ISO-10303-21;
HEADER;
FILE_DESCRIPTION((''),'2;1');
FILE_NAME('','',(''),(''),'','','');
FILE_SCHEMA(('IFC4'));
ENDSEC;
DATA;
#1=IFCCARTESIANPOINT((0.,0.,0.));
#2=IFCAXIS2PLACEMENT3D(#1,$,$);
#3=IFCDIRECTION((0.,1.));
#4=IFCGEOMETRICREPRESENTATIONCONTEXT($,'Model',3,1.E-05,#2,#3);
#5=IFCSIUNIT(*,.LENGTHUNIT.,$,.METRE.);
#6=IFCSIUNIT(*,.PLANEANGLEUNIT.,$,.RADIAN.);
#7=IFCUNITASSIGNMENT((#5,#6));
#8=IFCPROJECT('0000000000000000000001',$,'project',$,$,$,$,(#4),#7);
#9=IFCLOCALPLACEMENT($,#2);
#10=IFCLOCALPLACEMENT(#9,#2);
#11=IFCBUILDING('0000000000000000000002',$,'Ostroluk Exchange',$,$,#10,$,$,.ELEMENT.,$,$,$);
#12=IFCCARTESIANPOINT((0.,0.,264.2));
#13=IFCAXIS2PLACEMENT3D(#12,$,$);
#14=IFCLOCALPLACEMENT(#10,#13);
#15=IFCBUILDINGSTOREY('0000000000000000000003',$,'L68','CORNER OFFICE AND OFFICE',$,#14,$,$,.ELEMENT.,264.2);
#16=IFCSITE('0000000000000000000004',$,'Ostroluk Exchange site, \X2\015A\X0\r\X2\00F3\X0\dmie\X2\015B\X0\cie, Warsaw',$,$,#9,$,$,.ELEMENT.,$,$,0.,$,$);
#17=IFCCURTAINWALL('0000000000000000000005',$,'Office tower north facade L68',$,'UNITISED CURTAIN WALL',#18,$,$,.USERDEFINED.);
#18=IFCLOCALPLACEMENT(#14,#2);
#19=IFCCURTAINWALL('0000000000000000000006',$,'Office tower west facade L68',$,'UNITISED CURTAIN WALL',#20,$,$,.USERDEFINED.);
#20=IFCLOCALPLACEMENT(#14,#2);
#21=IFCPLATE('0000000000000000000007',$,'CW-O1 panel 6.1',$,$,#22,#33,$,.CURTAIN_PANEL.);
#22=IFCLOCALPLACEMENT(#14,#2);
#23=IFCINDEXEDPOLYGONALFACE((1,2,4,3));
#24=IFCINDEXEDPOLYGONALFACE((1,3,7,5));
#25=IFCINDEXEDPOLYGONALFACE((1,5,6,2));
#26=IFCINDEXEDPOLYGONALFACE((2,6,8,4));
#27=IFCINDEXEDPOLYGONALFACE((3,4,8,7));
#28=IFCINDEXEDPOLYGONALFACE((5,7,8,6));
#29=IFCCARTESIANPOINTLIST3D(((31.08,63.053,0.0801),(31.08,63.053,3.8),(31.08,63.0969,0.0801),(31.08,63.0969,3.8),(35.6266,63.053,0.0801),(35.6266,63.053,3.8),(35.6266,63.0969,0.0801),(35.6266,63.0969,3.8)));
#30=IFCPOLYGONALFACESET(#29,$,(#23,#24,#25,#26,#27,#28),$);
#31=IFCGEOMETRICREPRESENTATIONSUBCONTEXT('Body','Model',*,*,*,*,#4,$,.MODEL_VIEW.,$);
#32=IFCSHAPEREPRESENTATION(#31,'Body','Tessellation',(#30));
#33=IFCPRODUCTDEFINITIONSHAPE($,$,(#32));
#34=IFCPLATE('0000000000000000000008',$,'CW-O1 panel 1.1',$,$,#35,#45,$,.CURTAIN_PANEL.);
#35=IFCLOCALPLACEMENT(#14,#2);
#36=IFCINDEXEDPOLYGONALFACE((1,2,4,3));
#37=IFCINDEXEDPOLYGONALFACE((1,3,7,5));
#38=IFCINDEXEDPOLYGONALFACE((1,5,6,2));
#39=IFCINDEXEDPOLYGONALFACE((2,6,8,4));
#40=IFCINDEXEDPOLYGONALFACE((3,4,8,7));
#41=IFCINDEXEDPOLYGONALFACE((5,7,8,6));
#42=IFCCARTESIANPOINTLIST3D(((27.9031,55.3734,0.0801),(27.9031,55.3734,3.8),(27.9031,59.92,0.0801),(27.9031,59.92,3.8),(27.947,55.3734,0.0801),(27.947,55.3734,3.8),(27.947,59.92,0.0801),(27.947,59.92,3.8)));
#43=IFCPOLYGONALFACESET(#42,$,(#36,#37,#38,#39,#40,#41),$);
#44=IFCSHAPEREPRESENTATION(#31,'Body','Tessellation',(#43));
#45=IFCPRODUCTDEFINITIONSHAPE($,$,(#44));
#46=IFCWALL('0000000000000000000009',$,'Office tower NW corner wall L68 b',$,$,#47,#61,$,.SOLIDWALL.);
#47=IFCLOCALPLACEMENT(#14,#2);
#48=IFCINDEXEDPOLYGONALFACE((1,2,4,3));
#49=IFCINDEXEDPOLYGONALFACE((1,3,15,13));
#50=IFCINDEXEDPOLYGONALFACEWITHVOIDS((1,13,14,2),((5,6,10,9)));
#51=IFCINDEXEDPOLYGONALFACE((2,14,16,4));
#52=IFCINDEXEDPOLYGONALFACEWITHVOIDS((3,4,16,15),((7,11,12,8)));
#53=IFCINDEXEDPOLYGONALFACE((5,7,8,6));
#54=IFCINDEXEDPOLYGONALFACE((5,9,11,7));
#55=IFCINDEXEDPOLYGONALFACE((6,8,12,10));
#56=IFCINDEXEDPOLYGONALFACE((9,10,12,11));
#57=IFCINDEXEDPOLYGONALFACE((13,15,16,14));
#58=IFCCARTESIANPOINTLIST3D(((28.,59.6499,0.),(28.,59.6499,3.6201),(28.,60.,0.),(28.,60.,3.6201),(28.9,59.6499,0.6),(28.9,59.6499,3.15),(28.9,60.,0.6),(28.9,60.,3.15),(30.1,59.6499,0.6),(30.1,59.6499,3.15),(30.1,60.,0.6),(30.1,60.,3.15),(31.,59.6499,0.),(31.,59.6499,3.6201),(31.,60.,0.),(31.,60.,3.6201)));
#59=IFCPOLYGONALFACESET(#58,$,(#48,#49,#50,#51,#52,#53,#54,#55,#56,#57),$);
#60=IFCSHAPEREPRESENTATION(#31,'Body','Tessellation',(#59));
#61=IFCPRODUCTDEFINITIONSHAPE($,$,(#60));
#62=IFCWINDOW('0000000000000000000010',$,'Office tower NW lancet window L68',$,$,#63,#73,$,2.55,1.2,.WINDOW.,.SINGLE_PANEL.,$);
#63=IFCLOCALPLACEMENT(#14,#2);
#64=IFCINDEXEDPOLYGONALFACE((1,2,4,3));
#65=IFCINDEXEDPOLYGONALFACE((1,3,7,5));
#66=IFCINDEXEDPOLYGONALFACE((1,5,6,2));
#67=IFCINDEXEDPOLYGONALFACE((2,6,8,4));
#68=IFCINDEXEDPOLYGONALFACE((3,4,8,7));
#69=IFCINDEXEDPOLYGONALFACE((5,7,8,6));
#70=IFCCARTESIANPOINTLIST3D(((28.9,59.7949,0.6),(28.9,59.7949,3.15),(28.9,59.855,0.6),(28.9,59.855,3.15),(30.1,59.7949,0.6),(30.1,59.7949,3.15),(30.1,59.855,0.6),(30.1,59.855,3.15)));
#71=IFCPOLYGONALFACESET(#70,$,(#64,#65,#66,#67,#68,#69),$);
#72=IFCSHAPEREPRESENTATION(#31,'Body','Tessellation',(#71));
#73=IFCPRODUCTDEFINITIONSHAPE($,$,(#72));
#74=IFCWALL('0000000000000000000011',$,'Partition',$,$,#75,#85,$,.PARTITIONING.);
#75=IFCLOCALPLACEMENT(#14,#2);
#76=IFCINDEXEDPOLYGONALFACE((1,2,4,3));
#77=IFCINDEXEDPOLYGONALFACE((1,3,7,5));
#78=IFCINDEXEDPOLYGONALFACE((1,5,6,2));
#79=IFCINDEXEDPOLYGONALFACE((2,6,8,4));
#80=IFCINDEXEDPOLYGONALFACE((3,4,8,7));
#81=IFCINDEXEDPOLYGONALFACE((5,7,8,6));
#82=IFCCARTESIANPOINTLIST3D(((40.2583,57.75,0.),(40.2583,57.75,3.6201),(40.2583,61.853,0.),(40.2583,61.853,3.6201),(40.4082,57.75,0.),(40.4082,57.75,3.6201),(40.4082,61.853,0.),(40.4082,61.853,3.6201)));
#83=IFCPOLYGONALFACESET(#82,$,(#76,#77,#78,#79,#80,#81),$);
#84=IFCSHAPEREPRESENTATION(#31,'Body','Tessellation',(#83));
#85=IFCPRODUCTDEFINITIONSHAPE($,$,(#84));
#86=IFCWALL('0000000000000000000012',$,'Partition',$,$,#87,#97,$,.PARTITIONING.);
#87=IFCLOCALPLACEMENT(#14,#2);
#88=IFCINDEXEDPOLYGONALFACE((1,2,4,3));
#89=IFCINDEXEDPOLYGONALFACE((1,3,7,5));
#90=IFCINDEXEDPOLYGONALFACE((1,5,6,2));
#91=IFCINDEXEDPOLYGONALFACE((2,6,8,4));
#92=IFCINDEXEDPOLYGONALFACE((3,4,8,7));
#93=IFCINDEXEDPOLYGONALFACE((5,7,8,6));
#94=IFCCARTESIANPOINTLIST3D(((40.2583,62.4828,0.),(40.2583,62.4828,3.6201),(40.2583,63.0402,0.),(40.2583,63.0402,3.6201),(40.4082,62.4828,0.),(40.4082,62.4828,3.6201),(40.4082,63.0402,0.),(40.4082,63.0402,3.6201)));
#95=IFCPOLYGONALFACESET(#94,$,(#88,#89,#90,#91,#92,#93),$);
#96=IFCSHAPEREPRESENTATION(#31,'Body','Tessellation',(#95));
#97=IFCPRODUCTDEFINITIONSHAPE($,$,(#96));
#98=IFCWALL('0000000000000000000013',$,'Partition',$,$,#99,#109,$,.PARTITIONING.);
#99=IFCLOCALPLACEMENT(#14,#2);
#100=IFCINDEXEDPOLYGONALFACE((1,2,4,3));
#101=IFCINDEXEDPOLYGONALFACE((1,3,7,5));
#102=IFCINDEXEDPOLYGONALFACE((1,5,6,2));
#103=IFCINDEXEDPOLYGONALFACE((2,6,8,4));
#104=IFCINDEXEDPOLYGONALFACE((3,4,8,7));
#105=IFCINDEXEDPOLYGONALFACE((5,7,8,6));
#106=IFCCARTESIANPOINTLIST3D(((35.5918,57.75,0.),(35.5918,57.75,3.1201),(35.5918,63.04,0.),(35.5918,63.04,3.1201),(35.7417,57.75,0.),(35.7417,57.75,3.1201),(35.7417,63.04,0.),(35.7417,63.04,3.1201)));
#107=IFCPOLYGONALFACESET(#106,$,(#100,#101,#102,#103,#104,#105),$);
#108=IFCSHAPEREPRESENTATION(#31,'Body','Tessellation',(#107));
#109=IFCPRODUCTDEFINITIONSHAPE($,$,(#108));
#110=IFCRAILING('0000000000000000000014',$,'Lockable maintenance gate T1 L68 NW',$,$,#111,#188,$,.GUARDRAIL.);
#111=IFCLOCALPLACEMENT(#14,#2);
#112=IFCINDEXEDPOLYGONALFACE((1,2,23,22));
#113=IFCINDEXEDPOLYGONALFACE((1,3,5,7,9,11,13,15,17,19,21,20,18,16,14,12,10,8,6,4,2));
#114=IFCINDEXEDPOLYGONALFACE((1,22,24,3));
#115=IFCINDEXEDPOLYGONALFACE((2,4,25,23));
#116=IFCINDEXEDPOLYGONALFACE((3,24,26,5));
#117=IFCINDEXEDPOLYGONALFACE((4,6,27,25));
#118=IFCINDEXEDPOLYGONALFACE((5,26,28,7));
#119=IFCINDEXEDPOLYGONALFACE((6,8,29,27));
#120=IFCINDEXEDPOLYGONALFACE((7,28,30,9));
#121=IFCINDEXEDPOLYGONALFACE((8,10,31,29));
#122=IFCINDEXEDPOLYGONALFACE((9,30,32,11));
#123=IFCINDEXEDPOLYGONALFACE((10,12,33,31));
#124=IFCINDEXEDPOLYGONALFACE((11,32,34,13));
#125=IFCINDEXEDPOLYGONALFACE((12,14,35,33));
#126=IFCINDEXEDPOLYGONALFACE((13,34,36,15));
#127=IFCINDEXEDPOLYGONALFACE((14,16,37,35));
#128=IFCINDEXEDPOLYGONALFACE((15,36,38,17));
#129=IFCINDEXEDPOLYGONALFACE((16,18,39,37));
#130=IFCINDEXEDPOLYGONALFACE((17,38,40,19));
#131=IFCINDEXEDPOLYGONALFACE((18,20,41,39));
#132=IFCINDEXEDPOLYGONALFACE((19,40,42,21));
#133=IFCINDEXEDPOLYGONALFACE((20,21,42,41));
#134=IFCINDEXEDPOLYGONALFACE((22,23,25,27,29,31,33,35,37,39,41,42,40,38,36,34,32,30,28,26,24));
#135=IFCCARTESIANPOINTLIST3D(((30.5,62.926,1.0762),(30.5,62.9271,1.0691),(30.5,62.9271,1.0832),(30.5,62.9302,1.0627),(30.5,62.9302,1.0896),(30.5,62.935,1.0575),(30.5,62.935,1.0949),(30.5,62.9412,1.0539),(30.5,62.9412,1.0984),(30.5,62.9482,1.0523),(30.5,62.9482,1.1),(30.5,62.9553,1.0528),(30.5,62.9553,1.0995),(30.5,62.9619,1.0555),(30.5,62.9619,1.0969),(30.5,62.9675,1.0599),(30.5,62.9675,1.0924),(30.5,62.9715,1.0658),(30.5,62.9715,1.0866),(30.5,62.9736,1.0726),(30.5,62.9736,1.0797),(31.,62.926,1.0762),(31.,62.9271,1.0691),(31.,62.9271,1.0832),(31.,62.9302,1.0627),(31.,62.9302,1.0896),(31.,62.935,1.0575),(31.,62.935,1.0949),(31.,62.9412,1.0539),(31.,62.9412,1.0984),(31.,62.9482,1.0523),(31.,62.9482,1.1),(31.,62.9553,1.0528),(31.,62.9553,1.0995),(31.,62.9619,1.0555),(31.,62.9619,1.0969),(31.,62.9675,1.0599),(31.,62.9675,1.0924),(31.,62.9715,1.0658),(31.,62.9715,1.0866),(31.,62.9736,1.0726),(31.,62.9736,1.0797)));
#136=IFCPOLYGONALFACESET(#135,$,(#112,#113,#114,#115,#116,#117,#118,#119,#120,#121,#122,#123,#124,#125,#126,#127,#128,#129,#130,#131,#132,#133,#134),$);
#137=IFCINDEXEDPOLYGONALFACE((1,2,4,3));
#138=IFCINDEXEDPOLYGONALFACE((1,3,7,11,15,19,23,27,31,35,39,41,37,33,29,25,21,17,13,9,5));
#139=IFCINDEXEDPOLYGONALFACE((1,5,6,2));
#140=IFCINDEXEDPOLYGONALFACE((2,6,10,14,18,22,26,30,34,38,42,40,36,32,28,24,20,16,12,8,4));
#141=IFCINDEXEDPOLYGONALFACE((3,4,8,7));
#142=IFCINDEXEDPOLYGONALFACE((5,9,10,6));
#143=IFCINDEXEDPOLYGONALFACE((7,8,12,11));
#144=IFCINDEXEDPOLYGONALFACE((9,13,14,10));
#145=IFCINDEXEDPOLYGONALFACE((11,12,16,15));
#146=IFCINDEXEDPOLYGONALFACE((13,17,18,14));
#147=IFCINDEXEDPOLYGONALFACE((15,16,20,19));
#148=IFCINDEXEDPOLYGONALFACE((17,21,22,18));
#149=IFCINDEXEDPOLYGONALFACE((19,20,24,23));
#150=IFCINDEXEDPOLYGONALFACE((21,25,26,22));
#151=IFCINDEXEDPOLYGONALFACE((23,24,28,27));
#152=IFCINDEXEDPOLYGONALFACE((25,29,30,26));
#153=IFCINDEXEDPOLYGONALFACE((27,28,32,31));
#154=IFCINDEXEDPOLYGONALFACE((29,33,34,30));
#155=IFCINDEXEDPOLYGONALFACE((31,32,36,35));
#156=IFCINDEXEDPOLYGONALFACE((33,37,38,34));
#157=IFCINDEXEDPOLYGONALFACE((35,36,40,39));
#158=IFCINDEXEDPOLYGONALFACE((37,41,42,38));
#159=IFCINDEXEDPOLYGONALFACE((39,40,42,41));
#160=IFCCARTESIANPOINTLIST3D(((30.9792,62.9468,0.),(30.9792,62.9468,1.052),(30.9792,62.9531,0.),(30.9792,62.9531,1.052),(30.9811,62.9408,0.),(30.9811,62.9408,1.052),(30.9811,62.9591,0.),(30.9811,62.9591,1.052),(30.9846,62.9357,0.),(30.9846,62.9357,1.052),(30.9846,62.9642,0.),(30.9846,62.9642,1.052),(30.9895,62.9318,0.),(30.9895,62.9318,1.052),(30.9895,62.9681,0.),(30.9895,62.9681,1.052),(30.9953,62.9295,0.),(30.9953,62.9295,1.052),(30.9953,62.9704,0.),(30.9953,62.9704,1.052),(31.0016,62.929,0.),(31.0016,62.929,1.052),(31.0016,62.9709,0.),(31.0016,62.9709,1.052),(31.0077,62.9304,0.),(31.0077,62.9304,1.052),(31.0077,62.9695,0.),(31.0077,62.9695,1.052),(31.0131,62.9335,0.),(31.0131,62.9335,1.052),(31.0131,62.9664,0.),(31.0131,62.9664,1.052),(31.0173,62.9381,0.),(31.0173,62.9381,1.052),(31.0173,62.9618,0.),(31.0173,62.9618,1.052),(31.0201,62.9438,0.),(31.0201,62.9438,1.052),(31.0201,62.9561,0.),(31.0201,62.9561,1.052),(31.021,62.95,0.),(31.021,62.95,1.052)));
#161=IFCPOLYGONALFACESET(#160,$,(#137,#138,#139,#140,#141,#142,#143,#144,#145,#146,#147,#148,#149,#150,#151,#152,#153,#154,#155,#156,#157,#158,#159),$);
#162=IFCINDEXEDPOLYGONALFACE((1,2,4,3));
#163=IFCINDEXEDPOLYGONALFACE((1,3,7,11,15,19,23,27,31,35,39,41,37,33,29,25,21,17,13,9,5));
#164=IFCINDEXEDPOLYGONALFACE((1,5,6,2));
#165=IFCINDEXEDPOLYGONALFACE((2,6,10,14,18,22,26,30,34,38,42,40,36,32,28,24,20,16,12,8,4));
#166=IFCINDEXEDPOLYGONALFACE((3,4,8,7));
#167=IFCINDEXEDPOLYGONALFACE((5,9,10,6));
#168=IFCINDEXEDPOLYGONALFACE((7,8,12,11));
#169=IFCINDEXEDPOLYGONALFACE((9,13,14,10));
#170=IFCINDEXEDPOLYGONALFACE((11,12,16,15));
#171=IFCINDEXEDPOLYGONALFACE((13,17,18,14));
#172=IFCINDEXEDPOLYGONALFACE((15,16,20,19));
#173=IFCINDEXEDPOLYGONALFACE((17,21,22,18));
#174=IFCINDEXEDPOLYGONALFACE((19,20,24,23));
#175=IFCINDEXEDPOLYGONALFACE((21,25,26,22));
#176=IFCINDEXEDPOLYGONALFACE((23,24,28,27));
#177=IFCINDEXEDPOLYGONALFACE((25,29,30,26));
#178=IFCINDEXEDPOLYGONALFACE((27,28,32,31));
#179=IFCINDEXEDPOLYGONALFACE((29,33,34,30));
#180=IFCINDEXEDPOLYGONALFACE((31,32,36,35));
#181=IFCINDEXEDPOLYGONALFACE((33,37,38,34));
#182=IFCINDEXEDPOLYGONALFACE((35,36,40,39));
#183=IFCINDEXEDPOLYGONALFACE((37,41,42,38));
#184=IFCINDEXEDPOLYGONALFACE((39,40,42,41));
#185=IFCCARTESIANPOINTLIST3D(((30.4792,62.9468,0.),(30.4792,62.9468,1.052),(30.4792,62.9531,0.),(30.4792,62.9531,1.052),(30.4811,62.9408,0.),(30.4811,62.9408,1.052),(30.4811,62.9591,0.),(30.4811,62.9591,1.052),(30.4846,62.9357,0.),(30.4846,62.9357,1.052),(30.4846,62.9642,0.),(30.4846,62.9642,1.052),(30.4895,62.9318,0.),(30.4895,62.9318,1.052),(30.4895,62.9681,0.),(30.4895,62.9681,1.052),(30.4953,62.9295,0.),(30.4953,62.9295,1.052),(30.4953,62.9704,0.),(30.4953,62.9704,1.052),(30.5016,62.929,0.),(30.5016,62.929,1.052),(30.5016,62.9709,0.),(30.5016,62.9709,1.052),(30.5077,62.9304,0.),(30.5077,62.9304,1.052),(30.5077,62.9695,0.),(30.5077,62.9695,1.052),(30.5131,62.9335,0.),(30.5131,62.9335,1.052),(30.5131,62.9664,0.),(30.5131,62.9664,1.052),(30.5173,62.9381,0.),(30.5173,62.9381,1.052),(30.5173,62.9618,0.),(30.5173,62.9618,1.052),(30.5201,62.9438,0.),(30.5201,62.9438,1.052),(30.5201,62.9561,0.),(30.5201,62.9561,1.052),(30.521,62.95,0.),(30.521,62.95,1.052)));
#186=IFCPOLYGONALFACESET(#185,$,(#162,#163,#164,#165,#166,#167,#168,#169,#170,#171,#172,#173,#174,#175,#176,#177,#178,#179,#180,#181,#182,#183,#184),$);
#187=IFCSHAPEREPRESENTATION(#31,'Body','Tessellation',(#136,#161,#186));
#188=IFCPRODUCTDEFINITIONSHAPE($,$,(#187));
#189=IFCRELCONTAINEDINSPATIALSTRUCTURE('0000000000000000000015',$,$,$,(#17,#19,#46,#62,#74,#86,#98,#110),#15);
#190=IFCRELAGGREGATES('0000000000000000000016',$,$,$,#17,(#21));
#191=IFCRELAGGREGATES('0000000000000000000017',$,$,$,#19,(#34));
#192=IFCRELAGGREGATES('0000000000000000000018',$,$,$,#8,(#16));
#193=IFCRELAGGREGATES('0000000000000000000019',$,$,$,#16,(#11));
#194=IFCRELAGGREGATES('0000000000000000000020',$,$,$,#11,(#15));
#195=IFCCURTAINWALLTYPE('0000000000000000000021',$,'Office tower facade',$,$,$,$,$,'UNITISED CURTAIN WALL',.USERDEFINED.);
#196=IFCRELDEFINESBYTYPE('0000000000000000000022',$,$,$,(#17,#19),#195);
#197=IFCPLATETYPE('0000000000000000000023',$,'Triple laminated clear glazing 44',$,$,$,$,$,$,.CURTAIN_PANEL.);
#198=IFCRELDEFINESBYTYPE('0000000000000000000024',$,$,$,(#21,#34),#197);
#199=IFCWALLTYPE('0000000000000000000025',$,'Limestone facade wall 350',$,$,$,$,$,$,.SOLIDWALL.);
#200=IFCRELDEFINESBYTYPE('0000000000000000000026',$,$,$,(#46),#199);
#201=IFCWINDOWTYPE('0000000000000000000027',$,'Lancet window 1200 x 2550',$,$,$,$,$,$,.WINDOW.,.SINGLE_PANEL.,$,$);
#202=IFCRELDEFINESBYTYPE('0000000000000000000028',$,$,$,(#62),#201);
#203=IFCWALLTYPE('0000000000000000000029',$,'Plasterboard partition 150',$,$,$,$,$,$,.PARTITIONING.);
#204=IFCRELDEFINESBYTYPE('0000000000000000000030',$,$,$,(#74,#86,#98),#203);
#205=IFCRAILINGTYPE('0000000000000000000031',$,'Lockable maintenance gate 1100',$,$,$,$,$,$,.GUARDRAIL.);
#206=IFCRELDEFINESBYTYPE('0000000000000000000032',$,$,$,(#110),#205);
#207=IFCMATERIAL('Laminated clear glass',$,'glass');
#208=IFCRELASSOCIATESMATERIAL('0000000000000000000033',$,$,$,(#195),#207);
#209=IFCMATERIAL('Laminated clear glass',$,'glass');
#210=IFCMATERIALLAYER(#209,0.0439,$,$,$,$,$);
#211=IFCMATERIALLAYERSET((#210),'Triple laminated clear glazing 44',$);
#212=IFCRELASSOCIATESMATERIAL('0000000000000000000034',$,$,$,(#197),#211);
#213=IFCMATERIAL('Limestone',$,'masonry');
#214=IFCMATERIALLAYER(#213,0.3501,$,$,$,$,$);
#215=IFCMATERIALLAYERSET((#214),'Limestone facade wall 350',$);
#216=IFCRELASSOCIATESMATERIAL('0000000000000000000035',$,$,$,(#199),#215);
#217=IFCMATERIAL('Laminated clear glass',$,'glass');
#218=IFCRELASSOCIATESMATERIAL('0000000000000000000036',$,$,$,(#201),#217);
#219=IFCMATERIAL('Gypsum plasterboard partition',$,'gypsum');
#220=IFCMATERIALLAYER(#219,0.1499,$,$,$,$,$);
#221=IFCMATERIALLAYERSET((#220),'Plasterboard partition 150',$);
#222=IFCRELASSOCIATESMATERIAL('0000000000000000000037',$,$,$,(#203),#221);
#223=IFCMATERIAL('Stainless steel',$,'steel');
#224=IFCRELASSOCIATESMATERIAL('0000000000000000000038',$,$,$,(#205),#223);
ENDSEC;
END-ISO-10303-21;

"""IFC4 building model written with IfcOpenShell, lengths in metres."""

from ifc_helpers import new_model, si_unit, direction, frame, frame_2d, origin, origin_2d, place, context, subcontext, project, spatial, rectangle, circle, extrude, material, layer, layer_set, type_object, element, fill, aggregate, save


model = new_model("IFC4")

# Units and contexts
model_context = context("Model", 3, precision=1e-05, world=origin(), true_north=direction((0.0, 1.0)))
body_context = subcontext(model_context, "Body", "Model", "MODEL_VIEW")
ifc_project = project(units=[si_unit("LENGTHUNIT", "METRE"), si_unit("PLANEANGLEUNIT", "RADIAN")], contexts=[model_context])

# Site, building, storey
site_placement = place(None, origin())
site = spatial("IfcSite", under=ifc_project, at=site_placement, Name="Ostroluk Exchange site, Śródmieście, Warsaw", CompositionType="ELEMENT", RefElevation=0.0)
building_placement = place(site_placement, origin())
building = spatial("IfcBuilding", under=site, at=building_placement, Name="Ostroluk Exchange", CompositionType="ELEMENT")
storey_placement = place(building_placement, frame((0.0, 0.0, 264.2)))
storey = spatial("IfcBuildingStorey", under=building, at=storey_placement, Name="L68", Description="CORNER OFFICE AND OFFICE", CompositionType="ELEMENT", Elevation=264.2)

# Curtain wall
ifc_material_1 = material(Name="Laminated clear glass", Category="glass")
curtain_wall_type = type_object("IfcCurtainWallType", Name="Office tower facade", ElementType="UNITISED CURTAIN WALL", PredefinedType="USERDEFINED", material=ifc_material_1)
curtain_wall_1_placement = place(storey_placement, origin())
curtain_wall_1 = element("IfcCurtainWall", 1, at=curtain_wall_1_placement, inside=storey, type_object=curtain_wall_type, Name="Office tower north facade L68", ObjectType="UNITISED CURTAIN WALL", PredefinedType="USERDEFINED")

# Curtain wall
curtain_wall_2_placement = place(storey_placement, origin())
curtain_wall_2 = element("IfcCurtainWall", 2, at=curtain_wall_2_placement, inside=storey, type_object=curtain_wall_type, Name="Office tower west facade L68", ObjectType="UNITISED CURTAIN WALL", PredefinedType="USERDEFINED")

# Plates
ifc_material_2 = material(Name="Laminated clear glass", Category="glass")
ifc_layer_1 = layer(ifc_material_2, 0.0439)
ifc_layer_set_1 = layer_set([ifc_layer_1], Name="Triple laminated clear glazing 44")
plate_type_1 = type_object("IfcPlateType", Name="Triple laminated clear glazing 44", PredefinedType="CURTAIN_PANEL", material=ifc_layer_set_1)
plate_1_placement = place(storey_placement, frame((33.3533, 63.075, 0.0801), z_axis=(0.0, 0.0, 1.0), x_axis=(-1.0, 0.0, 0.0)))
plate_1 = element("IfcPlate", 3, at=plate_1_placement, type_object=plate_type_1, Name="CW-O1 panel 6.1", PredefinedType="CURTAIN_PANEL", context=body_context, shape_type="SweptSolid", body=[
    extrude(rectangle(XDim=4.5466, YDim=0.0439, at=origin_2d()), origin(), (0.0, 0.0, 1.0), 3.72),
])
aggregate(curtain_wall_1, [plate_1])
plate_2_placement = place(storey_placement, frame((27.925, 57.6467, 0.0801), z_axis=(0.0, 0.0, 1.0), x_axis=(0.0, -1.0, 0.0)))
plate_2 = element("IfcPlate", 4, at=plate_2_placement, type_object=plate_type_1, Name="CW-O1 panel 1.1", PredefinedType="CURTAIN_PANEL", context=body_context, shape_type="SweptSolid", body=[
    extrude(rectangle(XDim=4.5466, YDim=0.0439, at=origin_2d()), origin(), (0.0, 0.0, 1.0), 3.72),
])
aggregate(curtain_wall_2, [plate_2])

# Shared definitions
ifc_material_3 = material(Name="Limestone", Category="masonry")
ifc_layer_2 = layer(ifc_material_3, 0.3501)
ifc_layer_set_2 = layer_set([ifc_layer_2], Name="Limestone facade wall 350")
wall_type_1 = type_object("IfcWallType", Name="Limestone facade wall 350", PredefinedType="SOLIDWALL", material=ifc_layer_set_2)

# Wall, opening, window
wall_1_placement = place(storey_placement, frame((31.0, 59.825, 0.0), z_axis=(0.0, 0.0, 1.0), x_axis=(-1.0, 0.0, 0.0)))
wall_1 = element("IfcWall", 5, at=wall_1_placement, inside=storey, type_object=wall_type_1, Name="Office tower NW corner wall L68 b", PredefinedType="SOLIDWALL", context=body_context, shape_type="SweptSolid", body=[
    extrude(rectangle(XDim=3.0, YDim=0.3501, at=frame_2d((1.5, 0.0))), origin(), (0.0, 0.0, 1.0), 3.6201),
])
opening_1_placement = place(wall_1_placement, frame((0.8999, 0.0, 0.6001)))
opening_1 = element("IfcOpeningElement", 6, at=opening_1_placement, cuts=wall_1, PredefinedType="OPENING", context=body_context, shape_type="SweptSolid", body=[
    extrude(rectangle(XDim=1.2, YDim=2.55, at=frame_2d((0.6001, 1.2749))), frame((0.0, 0.1851, 0.0), z_axis=(0.0, -1.0, 0.0), x_axis=(1.0, 0.0, 0.0)), (0.0, 0.0, 1.0), 0.3701),
])
ifc_material_4 = material(Name="Laminated clear glass", Category="glass")
window_type = type_object("IfcWindowType", Name="Lancet window 1200 x 2550", PartitioningType="SINGLE_PANEL", PredefinedType="WINDOW", material=ifc_material_4)
window_placement = place(opening_1_placement, origin())
window = element("IfcWindow", 7, at=window_placement, inside=storey, type_object=window_type, Name="Office tower NW lancet window L68", OverallHeight=2.55, OverallWidth=1.2, PartitioningType="SINGLE_PANEL", PredefinedType="WINDOW", context=body_context, shape_type="SweptSolid", body=[
    extrude(rectangle(XDim=1.2, YDim=2.55, at=frame_2d((0.6001, 1.2749))), frame((0.0, 0.03, 0.0), z_axis=(0.0, -1.0, 0.0), x_axis=(1.0, 0.0, 0.0)), (0.0, 0.0, 1.0), 0.0601),
])
fill(opening_1, window)

# Walls
ifc_material_5 = material(Name="Gypsum plasterboard partition", Category="gypsum")
ifc_layer_3 = layer(ifc_material_5, 0.1499)
ifc_layer_set_3 = layer_set([ifc_layer_3], Name="Plasterboard partition 150")
wall_type_2 = type_object("IfcWallType", Name="Plasterboard partition 150", PredefinedType="PARTITIONING", material=ifc_layer_set_3)
wall_2_placement = place(storey_placement, frame((40.3333, 57.75, 0.0), z_axis=(0.0, 0.0, 1.0), x_axis=(0.0, 1.0, 0.0)))
element("IfcWall", 8, at=wall_2_placement, inside=storey, type_object=wall_type_2, Name="Partition", PredefinedType="PARTITIONING", context=body_context, shape_type="SweptSolid", body=[
    extrude(rectangle(XDim=4.103, YDim=0.1499, at=frame_2d((2.0515, 0.0))), origin(), (0.0, 0.0, 1.0), 3.6201),
])
wall_3_placement = place(storey_placement, frame((40.3333, 62.4827, 0.0), z_axis=(0.0, 0.0, 1.0), x_axis=(0.0, 1.0, 0.0)))
element("IfcWall", 9, at=wall_3_placement, inside=storey, type_object=wall_type_2, Name="Partition", PredefinedType="PARTITIONING", context=body_context, shape_type="SweptSolid", body=[
    extrude(rectangle(XDim=0.5574, YDim=0.1499, at=frame_2d((0.2788, 0.0))), origin(), (0.0, 0.0, 1.0), 3.6201),
])
wall_4_placement = place(storey_placement, frame((35.6667, 57.75, 0.0), z_axis=(0.0, 0.0, 1.0), x_axis=(0.0, 1.0, 0.0)))
element("IfcWall", 10, at=wall_4_placement, inside=storey, type_object=wall_type_2, Name="Partition", PredefinedType="PARTITIONING", context=body_context, shape_type="SweptSolid", body=[
    extrude(rectangle(XDim=5.29, YDim=0.1499, at=frame_2d((2.645, 0.0))), origin(), (0.0, 0.0, 1.0), 3.1201),
])

# Railing
ifc_material_6 = material(Name="Stainless steel", Category="steel")
railing_type_1 = type_object("IfcRailingType", Name="Lockable maintenance gate 1100", PredefinedType="GUARDRAIL", material=ifc_material_6)
railing_1_placement = place(storey_placement, frame((31.0, 62.95, 0.0)))
element("IfcRailing", 11, at=railing_1_placement, inside=storey, type_object=railing_type_1, Name="Lockable maintenance gate T1 L68 NW", PredefinedType="GUARDRAIL", context=body_context, shape_type="SweptSolid", body=[
    extrude(circle(Radius=0.0239, at=origin_2d()), frame((0.0, 0.0, 1.0762), z_axis=(-1.0, 0.0, 0.0), x_axis=(0.0, -1.0, 0.0)), (0.0, 0.0, 1.0), 0.5),
    extrude(circle(Radius=0.021, at=origin_2d()), origin(), (0.0, 0.0, 1.0), 1.052),
    extrude(circle(Radius=0.021, at=origin_2d()), frame((-0.5, 0.0, 0.0)), (0.0, 0.0, 1.0), 1.052),
])

save(model, "model.ifc")
